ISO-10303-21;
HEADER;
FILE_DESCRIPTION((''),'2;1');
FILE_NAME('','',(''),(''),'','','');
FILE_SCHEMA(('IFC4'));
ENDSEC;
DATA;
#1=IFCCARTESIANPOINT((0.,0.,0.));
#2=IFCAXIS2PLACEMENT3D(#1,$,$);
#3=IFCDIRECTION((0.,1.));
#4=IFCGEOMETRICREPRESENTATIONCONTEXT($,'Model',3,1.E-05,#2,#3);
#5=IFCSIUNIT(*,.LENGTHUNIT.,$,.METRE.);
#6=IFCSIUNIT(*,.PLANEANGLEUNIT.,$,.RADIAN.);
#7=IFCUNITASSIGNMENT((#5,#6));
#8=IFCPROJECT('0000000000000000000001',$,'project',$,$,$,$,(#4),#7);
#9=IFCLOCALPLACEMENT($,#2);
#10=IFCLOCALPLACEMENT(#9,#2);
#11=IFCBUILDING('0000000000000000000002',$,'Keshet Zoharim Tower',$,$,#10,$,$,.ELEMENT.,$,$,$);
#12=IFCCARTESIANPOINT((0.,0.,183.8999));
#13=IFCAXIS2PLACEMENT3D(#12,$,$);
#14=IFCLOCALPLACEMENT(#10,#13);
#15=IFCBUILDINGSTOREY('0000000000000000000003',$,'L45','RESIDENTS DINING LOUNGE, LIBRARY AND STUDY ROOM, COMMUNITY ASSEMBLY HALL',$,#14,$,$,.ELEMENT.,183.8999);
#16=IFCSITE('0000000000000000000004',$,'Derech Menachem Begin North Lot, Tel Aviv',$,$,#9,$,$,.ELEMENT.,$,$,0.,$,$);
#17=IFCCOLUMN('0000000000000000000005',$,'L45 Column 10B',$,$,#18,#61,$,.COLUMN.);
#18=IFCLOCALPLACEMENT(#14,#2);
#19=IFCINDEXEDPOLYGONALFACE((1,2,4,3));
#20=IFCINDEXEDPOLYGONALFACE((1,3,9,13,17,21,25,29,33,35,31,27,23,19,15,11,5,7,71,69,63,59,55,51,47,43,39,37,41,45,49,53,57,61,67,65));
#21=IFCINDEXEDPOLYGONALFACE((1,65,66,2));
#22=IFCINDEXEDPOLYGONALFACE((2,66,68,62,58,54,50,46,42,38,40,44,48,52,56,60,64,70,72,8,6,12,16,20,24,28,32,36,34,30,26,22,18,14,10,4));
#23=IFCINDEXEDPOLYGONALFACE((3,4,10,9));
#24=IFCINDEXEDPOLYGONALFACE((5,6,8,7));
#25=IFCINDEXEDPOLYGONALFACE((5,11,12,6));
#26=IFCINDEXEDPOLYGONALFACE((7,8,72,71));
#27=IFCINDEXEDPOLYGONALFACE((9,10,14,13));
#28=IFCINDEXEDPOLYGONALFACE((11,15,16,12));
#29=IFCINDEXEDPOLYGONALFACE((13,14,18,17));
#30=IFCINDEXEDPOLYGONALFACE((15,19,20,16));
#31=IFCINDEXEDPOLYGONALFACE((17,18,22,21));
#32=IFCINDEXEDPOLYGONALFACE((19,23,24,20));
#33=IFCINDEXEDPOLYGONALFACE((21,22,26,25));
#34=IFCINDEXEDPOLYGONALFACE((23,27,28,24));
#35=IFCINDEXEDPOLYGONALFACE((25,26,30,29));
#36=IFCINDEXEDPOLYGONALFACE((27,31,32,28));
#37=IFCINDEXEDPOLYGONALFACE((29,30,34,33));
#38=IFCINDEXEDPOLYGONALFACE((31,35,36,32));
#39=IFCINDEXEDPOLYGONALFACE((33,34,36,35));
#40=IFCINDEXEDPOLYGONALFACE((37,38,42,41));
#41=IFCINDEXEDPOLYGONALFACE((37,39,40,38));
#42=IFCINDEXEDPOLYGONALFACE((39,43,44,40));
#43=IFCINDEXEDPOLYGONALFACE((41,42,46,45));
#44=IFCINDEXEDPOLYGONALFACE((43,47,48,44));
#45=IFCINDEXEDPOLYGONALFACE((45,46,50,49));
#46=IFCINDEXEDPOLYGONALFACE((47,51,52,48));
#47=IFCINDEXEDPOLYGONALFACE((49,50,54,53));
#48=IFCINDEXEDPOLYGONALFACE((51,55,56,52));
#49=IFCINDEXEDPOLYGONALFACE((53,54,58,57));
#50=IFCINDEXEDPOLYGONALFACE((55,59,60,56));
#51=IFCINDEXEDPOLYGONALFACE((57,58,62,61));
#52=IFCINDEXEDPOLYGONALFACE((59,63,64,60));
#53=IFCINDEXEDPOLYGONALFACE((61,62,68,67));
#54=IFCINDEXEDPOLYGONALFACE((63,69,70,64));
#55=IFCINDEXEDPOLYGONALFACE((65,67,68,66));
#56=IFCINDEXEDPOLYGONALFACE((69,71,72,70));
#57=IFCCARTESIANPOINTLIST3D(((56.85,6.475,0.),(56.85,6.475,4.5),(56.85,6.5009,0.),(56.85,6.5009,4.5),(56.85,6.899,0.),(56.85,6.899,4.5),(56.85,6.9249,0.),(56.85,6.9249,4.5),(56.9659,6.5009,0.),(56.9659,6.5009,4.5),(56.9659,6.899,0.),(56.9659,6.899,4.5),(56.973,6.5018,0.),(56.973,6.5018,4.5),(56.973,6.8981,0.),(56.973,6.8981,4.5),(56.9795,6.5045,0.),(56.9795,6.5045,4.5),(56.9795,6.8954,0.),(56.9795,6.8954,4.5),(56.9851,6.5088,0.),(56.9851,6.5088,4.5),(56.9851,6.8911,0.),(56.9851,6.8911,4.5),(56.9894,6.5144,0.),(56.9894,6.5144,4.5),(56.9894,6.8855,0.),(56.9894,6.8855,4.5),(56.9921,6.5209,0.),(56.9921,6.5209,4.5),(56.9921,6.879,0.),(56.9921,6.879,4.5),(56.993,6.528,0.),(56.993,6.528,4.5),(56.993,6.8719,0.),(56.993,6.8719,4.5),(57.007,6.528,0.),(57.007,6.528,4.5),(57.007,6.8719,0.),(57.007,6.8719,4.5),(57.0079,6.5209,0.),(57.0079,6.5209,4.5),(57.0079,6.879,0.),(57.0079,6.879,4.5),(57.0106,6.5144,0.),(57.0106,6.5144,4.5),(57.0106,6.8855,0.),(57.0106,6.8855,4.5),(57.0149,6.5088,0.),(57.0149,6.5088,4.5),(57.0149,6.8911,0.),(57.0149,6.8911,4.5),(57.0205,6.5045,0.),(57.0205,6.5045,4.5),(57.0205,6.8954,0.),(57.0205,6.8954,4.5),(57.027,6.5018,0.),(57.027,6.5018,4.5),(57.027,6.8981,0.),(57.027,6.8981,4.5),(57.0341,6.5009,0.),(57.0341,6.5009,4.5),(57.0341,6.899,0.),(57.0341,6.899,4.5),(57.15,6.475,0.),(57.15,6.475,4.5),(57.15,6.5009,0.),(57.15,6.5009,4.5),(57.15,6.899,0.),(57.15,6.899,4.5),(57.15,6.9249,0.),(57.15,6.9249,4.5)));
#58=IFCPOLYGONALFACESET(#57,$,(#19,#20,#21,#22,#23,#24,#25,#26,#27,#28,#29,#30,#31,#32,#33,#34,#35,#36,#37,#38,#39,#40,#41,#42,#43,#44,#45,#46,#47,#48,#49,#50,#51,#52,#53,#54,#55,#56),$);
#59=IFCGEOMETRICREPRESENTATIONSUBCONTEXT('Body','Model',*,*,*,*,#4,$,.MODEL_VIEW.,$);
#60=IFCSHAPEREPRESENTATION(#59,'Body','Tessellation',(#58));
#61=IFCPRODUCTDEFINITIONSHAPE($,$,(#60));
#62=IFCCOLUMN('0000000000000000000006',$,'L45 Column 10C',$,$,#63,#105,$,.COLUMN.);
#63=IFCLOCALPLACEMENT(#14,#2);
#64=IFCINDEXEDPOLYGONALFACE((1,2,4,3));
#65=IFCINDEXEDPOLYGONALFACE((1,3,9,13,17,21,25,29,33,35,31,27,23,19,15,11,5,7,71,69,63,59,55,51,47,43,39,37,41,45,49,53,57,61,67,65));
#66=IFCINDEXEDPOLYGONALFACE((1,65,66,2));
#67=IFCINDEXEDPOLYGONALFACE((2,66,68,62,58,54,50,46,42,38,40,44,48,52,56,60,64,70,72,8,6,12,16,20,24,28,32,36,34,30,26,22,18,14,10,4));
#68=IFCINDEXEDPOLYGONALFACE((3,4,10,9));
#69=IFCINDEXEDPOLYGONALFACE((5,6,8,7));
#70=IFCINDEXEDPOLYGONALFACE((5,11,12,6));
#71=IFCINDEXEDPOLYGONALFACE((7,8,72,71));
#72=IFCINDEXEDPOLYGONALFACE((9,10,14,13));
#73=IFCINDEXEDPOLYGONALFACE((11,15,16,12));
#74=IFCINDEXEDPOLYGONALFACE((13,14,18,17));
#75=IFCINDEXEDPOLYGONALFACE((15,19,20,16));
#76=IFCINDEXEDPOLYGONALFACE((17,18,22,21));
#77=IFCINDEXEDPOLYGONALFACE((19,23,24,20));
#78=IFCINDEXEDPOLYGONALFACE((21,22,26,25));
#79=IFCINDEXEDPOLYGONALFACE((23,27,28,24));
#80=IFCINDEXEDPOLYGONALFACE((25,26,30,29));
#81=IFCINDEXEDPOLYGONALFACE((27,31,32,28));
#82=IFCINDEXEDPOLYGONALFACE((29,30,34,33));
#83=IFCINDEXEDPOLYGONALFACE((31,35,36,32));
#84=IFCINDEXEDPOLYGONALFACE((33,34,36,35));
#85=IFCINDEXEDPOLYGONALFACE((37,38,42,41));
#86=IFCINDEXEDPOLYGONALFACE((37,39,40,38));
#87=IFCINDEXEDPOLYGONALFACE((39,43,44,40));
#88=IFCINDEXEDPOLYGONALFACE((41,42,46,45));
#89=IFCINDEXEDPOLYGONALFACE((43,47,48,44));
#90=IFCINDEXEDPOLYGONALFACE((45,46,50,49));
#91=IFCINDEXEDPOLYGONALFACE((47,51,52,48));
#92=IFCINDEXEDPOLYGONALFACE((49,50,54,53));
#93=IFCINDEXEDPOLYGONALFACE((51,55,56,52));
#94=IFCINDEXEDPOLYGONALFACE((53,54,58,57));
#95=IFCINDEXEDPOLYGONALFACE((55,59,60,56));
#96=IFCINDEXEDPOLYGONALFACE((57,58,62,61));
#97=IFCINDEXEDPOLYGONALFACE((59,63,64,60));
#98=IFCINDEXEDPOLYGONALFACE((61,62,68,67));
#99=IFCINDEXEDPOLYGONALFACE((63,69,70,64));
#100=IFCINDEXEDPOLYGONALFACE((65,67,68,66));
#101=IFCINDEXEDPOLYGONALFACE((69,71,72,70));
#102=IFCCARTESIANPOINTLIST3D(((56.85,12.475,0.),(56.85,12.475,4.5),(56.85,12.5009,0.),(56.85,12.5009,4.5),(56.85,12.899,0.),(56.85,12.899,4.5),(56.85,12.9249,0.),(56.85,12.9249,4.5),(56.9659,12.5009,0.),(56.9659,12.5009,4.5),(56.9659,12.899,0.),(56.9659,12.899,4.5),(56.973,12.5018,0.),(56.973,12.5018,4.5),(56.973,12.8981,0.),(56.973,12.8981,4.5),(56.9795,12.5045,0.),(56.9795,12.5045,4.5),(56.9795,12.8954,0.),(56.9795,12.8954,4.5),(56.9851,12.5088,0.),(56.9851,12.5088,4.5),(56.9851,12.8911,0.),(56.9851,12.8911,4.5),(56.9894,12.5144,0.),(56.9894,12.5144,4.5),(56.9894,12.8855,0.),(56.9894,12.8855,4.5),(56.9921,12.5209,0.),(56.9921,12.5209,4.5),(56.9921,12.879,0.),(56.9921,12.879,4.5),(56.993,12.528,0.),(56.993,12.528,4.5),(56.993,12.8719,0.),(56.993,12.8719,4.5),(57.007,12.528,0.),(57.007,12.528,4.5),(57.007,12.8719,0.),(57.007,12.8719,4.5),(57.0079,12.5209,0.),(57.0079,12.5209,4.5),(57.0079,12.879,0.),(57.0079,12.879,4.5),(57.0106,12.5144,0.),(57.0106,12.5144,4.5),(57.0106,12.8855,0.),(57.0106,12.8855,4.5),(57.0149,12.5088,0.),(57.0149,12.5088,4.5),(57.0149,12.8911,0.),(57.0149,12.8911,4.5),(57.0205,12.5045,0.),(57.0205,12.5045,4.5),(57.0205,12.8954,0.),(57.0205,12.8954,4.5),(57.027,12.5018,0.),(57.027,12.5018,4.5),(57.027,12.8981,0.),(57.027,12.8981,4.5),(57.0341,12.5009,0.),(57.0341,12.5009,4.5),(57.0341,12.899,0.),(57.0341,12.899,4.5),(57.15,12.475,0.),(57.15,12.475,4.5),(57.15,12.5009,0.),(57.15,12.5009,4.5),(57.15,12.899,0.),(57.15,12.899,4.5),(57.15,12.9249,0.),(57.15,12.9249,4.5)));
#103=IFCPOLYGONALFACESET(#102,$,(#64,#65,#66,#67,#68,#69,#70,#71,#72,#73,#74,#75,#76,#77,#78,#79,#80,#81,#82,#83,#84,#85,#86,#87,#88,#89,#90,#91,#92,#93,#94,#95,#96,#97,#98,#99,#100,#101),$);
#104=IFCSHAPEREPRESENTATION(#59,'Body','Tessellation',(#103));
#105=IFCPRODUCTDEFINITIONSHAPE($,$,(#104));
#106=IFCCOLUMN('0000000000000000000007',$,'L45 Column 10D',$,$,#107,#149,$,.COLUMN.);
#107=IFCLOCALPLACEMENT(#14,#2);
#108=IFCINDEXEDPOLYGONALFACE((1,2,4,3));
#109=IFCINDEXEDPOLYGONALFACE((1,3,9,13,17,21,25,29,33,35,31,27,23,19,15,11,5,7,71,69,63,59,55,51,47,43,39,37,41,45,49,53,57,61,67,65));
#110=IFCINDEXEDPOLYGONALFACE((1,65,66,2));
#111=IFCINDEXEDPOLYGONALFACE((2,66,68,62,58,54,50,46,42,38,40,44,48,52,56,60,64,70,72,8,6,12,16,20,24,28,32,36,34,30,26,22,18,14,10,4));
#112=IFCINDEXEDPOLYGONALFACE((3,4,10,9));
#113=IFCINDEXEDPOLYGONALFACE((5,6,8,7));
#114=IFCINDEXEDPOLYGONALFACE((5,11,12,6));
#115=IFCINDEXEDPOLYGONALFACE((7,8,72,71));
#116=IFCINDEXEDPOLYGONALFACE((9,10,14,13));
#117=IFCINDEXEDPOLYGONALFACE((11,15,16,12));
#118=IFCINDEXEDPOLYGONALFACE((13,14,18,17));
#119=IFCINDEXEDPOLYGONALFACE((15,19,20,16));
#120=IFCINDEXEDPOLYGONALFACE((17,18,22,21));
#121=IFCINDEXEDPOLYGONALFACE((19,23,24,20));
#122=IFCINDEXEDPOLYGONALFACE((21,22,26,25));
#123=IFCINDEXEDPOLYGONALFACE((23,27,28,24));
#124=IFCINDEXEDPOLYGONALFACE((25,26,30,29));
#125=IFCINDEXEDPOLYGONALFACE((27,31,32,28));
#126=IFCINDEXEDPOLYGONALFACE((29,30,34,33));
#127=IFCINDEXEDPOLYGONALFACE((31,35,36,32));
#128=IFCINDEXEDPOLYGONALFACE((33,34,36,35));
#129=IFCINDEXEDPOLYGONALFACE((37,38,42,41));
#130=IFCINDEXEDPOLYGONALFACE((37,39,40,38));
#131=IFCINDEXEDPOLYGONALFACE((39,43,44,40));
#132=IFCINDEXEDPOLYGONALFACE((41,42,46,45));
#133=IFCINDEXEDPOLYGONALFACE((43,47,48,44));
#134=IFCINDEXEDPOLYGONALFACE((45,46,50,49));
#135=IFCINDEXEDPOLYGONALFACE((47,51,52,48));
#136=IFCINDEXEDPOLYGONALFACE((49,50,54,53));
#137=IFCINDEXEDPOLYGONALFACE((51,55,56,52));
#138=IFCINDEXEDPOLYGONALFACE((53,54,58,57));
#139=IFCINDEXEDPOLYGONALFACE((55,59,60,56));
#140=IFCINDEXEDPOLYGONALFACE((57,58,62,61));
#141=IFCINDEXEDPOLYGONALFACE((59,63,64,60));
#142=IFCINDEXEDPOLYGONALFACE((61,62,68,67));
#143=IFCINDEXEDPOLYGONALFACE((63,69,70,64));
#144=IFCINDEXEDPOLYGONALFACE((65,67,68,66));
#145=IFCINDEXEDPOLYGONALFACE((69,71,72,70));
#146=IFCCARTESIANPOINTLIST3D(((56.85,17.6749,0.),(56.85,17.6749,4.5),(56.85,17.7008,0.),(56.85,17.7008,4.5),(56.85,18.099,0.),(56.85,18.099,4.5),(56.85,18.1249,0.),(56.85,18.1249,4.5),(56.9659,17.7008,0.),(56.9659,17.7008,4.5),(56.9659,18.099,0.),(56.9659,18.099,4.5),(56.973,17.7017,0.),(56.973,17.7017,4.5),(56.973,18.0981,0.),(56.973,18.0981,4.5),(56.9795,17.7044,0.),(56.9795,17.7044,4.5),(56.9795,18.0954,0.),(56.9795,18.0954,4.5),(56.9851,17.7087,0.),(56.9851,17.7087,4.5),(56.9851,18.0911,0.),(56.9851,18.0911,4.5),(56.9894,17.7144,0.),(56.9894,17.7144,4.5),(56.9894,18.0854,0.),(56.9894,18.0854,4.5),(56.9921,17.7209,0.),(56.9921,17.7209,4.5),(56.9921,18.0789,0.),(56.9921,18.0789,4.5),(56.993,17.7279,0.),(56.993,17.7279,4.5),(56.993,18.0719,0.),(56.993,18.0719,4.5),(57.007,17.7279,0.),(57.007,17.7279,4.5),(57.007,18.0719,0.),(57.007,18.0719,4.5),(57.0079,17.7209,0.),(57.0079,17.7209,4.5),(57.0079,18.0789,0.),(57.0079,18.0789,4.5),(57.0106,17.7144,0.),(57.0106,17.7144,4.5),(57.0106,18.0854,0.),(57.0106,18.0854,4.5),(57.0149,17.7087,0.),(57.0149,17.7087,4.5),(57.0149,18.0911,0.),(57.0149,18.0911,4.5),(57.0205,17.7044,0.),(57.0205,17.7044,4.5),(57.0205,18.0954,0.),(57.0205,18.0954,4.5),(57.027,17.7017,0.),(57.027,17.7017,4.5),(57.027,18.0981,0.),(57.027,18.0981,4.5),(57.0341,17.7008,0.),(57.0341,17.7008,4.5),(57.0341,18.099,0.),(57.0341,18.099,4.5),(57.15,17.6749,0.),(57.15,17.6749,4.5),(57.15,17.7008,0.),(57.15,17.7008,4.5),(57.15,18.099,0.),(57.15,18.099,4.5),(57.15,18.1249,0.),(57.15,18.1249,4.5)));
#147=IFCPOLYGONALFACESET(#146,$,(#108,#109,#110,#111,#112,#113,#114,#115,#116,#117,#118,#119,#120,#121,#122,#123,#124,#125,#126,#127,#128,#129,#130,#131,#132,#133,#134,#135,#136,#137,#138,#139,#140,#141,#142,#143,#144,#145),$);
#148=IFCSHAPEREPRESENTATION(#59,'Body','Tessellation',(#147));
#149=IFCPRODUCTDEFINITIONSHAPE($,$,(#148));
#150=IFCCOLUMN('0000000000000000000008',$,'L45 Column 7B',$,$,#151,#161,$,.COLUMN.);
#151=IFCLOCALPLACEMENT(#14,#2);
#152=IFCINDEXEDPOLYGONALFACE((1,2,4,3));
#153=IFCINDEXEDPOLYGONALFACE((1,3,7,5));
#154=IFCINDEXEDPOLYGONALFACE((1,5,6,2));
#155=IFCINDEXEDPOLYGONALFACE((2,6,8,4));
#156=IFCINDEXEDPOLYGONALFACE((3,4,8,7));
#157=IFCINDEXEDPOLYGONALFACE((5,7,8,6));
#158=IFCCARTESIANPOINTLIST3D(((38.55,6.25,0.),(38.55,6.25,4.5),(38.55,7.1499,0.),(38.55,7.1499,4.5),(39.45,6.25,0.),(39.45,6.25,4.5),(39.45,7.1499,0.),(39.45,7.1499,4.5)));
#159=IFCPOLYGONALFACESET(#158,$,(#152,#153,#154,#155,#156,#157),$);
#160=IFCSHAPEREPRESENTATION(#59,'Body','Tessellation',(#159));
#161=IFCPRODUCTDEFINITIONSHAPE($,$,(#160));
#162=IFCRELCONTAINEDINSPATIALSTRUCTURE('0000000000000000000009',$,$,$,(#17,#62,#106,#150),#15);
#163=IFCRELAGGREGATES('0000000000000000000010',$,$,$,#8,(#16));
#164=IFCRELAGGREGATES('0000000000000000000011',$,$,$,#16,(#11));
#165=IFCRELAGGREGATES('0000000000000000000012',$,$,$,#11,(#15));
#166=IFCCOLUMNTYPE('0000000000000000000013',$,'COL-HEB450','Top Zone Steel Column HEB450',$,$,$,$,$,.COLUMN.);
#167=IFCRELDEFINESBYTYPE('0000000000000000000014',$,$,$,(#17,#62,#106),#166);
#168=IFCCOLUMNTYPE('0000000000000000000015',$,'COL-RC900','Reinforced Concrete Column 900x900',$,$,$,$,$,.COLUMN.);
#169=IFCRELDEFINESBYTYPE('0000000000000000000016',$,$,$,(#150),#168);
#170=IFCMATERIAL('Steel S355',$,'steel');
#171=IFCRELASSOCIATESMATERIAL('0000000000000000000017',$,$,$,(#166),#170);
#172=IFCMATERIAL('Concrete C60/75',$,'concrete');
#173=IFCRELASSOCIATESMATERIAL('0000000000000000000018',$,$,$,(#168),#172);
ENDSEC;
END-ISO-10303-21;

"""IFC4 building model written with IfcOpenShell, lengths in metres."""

from ifc_helpers import new_model, si_unit, direction, frame, origin, origin_2d, place, context, subcontext, project, spatial, rectangle, i_section, extrude, material, material_profile, profile_set, type_object, element, save


model = new_model("IFC4")

# Units and contexts
model_context = context("Model", 3, precision=1e-05, world=origin(), true_north=direction((0.0, 1.0)))
body_context = subcontext(model_context, "Body", "Model", "MODEL_VIEW")
ifc_project = project(units=[si_unit("LENGTHUNIT", "METRE"), si_unit("PLANEANGLEUNIT", "RADIAN")], contexts=[model_context])

# Site, building, storey
site_placement = place(None, origin())
site = spatial("IfcSite", under=ifc_project, at=site_placement, Name="Derech Menachem Begin North Lot, Tel Aviv", CompositionType="ELEMENT", RefElevation=0.0)
building_placement = place(site_placement, origin())
building = spatial("IfcBuilding", under=site, at=building_placement, Name="Keshet Zoharim Tower", CompositionType="ELEMENT")
storey_placement = place(building_placement, frame((0.0, 0.0, 183.8999)))
storey = spatial("IfcBuildingStorey", under=building, at=storey_placement, Name="L45", Description="RESIDENTS DINING LOUNGE, LIBRARY AND STUDY ROOM, COMMUNITY ASSEMBLY HALL", CompositionType="ELEMENT", Elevation=183.8999)

# Columns
ifc_material_1 = material(Name="Steel S355", Category="steel")
ifc_material_profile_1 = material_profile(ifc_material_1, i_section(OverallWidth=0.3, OverallDepth=0.45, WebThickness=0.0139, FlangeThickness=0.0259, FilletRadius=0.0271, at=origin_2d()), Name="HEB450")
ifc_profile_set_1 = profile_set([ifc_material_profile_1], Name="Steel S355")
column_type_1 = type_object("IfcColumnType", Name="COL-HEB450", Description="Top Zone Steel Column HEB450", PredefinedType="COLUMN", material=ifc_profile_set_1)
for number, where, z_axis, x_axis, name in (
    (1, (57.0, 6.7, 0.0), (0.0, 0.0, 1.0), (1.0, 0.0, 0.0), "L45 Column 10B"),
    (2, (57.0, 12.7, 0.0), (0.0, 0.0, 1.0), (1.0, 0.0, 0.0), "L45 Column 10C"),
    (3, (57.0, 17.8999, 0.0), (0.0, 0.0, 1.0), (1.0, 0.0, 0.0), "L45 Column 10D"),
):
    element("IfcColumn", number, at=place(storey_placement, frame(where, z_axis=z_axis, x_axis=x_axis)), inside=storey, type_object=column_type_1, Name=name, PredefinedType="COLUMN", context=body_context, shape_type="SweptSolid", body=[
        extrude(i_section(OverallWidth=0.3, OverallDepth=0.45, WebThickness=0.0139, FlangeThickness=0.0259, FilletRadius=0.0271, at=origin_2d()), origin(), (0.0, 0.0, 1.0), 4.5),
    ])
ifc_material_2 = material(Name="Concrete C60/75", Category="concrete")
ifc_material_profile_2 = material_profile(ifc_material_2, rectangle(XDim=0.8999, YDim=0.8999, at=origin_2d()), Name="RC900x900")
ifc_profile_set_2 = profile_set([ifc_material_profile_2], Name="Concrete C60/75")
column_type_2 = type_object("IfcColumnType", Name="COL-RC900", Description="Reinforced Concrete Column 900x900", PredefinedType="COLUMN", material=ifc_profile_set_2)
column_placement = place(storey_placement, frame((39.0, 6.7, 0.0), z_axis=(0.0, 0.0, 1.0), x_axis=(1.0, 0.0, 0.0)))
element("IfcColumn", 4, at=column_placement, inside=storey, type_object=column_type_2, Name="L45 Column 7B", PredefinedType="COLUMN", context=body_context, shape_type="SweptSolid", body=[
    extrude(rectangle(XDim=0.8999, YDim=0.8999, at=origin_2d()), origin(), (0.0, 0.0, 1.0), 4.5),
])

save(model, "model.ifc")
